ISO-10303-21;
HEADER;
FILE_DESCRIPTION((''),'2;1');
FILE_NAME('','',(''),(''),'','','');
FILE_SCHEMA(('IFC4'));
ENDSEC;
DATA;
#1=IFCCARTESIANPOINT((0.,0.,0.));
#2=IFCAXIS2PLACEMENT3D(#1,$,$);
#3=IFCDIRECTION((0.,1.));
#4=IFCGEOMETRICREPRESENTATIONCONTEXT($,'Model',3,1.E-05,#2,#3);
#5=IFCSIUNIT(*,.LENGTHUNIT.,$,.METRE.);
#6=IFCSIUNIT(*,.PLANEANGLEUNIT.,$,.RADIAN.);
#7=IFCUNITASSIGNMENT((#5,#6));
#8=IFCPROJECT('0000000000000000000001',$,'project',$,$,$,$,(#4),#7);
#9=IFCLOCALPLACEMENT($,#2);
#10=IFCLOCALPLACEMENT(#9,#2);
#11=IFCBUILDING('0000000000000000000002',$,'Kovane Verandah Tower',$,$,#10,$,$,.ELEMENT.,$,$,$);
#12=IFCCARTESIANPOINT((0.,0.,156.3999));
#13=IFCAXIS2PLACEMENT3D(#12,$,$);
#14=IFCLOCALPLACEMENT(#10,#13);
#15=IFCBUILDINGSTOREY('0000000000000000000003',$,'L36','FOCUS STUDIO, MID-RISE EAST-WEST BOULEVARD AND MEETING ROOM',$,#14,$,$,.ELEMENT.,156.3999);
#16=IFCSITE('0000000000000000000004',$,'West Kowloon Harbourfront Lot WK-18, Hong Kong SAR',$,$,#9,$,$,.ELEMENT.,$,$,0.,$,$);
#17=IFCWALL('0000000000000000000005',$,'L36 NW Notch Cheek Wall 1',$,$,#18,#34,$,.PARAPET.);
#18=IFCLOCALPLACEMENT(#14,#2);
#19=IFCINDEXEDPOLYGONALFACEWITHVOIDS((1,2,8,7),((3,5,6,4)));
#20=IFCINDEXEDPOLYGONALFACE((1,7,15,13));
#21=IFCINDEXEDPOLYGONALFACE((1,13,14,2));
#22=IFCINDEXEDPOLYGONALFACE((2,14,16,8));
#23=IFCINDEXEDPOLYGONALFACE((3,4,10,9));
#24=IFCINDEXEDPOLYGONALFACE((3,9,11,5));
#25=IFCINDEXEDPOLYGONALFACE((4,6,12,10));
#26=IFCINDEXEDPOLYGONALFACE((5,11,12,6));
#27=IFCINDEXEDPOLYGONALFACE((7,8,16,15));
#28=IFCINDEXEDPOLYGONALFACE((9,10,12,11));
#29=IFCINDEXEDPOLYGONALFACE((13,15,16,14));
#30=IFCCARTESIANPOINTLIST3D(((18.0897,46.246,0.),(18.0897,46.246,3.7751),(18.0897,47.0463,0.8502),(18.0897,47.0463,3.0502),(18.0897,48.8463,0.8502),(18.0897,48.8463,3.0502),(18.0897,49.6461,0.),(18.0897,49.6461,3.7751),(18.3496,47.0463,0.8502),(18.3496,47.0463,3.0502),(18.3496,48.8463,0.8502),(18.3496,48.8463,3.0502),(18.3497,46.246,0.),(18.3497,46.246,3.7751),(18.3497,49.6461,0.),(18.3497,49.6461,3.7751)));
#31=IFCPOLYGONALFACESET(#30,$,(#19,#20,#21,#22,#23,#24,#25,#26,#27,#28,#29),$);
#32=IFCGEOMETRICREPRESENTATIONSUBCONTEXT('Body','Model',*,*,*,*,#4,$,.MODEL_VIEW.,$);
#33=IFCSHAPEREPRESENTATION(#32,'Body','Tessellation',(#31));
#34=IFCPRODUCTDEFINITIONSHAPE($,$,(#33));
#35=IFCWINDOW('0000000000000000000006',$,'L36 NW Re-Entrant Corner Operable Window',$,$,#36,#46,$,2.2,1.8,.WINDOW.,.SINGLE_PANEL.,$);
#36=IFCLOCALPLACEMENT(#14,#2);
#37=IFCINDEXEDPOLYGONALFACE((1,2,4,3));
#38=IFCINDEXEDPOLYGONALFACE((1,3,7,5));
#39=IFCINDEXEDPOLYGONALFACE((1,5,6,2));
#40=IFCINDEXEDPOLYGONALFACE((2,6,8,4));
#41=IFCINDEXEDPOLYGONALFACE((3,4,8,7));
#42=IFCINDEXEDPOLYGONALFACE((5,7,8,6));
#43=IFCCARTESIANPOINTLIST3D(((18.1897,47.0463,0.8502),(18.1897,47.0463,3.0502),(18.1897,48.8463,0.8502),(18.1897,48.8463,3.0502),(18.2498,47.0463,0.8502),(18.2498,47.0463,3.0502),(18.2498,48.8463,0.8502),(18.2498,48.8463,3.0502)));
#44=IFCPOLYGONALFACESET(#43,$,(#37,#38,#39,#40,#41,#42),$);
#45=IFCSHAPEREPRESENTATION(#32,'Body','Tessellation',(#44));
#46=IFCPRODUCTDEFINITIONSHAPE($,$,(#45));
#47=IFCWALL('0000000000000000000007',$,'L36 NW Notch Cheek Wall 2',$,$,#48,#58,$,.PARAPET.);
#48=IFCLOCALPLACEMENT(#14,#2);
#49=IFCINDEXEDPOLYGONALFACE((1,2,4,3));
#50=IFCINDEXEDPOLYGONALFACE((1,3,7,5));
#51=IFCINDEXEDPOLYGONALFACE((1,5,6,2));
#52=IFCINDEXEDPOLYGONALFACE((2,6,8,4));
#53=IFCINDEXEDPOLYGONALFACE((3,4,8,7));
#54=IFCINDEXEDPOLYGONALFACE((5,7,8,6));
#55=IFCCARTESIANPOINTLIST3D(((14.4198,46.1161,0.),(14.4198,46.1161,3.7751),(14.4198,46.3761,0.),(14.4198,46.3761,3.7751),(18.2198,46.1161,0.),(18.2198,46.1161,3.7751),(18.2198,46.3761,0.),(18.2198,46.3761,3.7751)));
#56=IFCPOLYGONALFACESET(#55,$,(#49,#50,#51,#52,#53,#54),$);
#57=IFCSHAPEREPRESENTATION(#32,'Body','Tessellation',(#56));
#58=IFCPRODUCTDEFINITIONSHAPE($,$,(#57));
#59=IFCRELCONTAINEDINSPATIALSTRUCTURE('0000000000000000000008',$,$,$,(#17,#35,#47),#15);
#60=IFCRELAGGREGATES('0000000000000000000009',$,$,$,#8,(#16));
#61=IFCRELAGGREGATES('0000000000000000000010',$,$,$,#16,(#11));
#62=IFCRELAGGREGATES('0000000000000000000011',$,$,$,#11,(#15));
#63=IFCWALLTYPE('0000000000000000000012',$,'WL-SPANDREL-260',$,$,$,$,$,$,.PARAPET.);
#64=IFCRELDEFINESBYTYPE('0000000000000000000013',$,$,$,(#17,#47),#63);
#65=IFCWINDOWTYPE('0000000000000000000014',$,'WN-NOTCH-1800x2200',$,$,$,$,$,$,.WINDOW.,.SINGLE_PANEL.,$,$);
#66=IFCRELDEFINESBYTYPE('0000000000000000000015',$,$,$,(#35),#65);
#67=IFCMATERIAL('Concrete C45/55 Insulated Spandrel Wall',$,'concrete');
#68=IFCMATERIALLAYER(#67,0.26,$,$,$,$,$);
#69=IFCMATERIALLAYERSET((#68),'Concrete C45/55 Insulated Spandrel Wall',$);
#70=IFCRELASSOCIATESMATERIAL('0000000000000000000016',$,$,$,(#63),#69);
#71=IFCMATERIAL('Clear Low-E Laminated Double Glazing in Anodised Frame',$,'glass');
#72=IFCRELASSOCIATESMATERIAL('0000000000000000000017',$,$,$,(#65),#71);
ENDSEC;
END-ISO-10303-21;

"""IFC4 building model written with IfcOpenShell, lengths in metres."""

from ifc_helpers import new_model, si_unit, direction, frame, frame_2d, origin, place, context, subcontext, project, spatial, rectangle, extrude, material, layer, layer_set, type_object, element, fill, save


model = new_model("IFC4")

# Units and contexts
model_context = context("Model", 3, precision=1e-05, world=origin(), true_north=direction((0.0, 1.0)))
body_context = subcontext(model_context, "Body", "Model", "MODEL_VIEW")
ifc_project = project(units=[si_unit("LENGTHUNIT", "METRE"), si_unit("PLANEANGLEUNIT", "RADIAN")], contexts=[model_context])

# Site, building, storey
site_placement = place(None, origin())
site = spatial("IfcSite", under=ifc_project, at=site_placement, Name="West Kowloon Harbourfront Lot WK-18, Hong Kong SAR", CompositionType="ELEMENT", RefElevation=0.0)
building_placement = place(site_placement, origin())
building = spatial("IfcBuilding", under=site, at=building_placement, Name="Kovane Verandah Tower", CompositionType="ELEMENT")
storey_placement = place(building_placement, frame((0.0, 0.0, 156.3999)))
storey = spatial("IfcBuildingStorey", under=building, at=storey_placement, Name="L36", Description="FOCUS STUDIO, MID-RISE EAST-WEST BOULEVARD AND MEETING ROOM", CompositionType="ELEMENT", Elevation=156.3999)

# Wall, opening, window
ifc_material_1 = material(Name="Concrete C45/55 Insulated Spandrel Wall", Category="concrete")
ifc_layer_1 = layer(ifc_material_1, 0.26)
ifc_layer_set_1 = layer_set([ifc_layer_1], Name="Concrete C45/55 Insulated Spandrel Wall")
wall_type_1 = type_object("IfcWallType", Name="WL-SPANDREL-260", PredefinedType="PARAPET", material=ifc_layer_set_1)
wall_1_placement = place(storey_placement, frame((18.2197, 49.6462, 0.0), z_axis=(0.0, 0.0, 1.0), x_axis=(0.0, -1.0, 0.0)))
wall_1 = element("IfcWall", 1, at=wall_1_placement, inside=storey, type_object=wall_type_1, Name="L36 NW Notch Cheek Wall 1", PredefinedType="PARAPET", context=body_context, shape_type="SweptSolid", body=[
    extrude(rectangle(XDim=3.4001, YDim=0.26, at=frame_2d((1.7002, 0.0))), origin(), (0.0, 0.0, 1.0), 3.7751),
])
opening_1_placement = place(wall_1_placement, frame((0.8, 0.0, 0.8501)))
opening_1 = element("IfcOpeningElement", 2, at=opening_1_placement, cuts=wall_1, PredefinedType="OPENING", context=body_context, shape_type="SweptSolid", body=[
    extrude(rectangle(XDim=1.8, YDim=2.2, at=frame_2d((0.8999, 1.1001))), frame((0.0, 0.1299, 0.0), z_axis=(0.0, -1.0, 0.0), x_axis=(1.0, 0.0, 0.0)), (0.0, 0.0, 1.0), 0.26),
])
ifc_material_2 = material(Name="Clear Low-E Laminated Double Glazing in Anodised Frame", Category="glass")
window_type = type_object("IfcWindowType", Name="WN-NOTCH-1800x2200", PartitioningType="SINGLE_PANEL", PredefinedType="WINDOW", material=ifc_material_2)
window_placement = place(opening_1_placement, origin())
window = element("IfcWindow", 3, at=window_placement, inside=storey, type_object=window_type, Name="L36 NW Re-Entrant Corner Operable Window", OverallHeight=2.2, OverallWidth=1.8, PartitioningType="SINGLE_PANEL", PredefinedType="WINDOW", context=body_context, shape_type="SweptSolid", body=[
    extrude(rectangle(XDim=1.8, YDim=2.2, at=frame_2d((0.8999, 1.1001))), frame((0.0, 0.03, 0.0), z_axis=(0.0, -1.0, 0.0), x_axis=(1.0, 0.0, 0.0)), (0.0, 0.0, 1.0), 0.0601),
])
fill(opening_1, window)

# Wall
wall_2_placement = place(storey_placement, frame((18.2197, 46.2461, 0.0), z_axis=(0.0, 0.0, 1.0), x_axis=(-1.0, 0.0, 0.0)))
element("IfcWall", 4, at=wall_2_placement, inside=storey, type_object=wall_type_1, Name="L36 NW Notch Cheek Wall 2", PredefinedType="PARAPET", context=body_context, shape_type="SweptSolid", body=[
    extrude(rectangle(XDim=3.8, YDim=0.26, at=frame_2d((1.8999, 0.0))), origin(), (0.0, 0.0, 1.0), 3.7751),
])

save(model, "model.ifc")
